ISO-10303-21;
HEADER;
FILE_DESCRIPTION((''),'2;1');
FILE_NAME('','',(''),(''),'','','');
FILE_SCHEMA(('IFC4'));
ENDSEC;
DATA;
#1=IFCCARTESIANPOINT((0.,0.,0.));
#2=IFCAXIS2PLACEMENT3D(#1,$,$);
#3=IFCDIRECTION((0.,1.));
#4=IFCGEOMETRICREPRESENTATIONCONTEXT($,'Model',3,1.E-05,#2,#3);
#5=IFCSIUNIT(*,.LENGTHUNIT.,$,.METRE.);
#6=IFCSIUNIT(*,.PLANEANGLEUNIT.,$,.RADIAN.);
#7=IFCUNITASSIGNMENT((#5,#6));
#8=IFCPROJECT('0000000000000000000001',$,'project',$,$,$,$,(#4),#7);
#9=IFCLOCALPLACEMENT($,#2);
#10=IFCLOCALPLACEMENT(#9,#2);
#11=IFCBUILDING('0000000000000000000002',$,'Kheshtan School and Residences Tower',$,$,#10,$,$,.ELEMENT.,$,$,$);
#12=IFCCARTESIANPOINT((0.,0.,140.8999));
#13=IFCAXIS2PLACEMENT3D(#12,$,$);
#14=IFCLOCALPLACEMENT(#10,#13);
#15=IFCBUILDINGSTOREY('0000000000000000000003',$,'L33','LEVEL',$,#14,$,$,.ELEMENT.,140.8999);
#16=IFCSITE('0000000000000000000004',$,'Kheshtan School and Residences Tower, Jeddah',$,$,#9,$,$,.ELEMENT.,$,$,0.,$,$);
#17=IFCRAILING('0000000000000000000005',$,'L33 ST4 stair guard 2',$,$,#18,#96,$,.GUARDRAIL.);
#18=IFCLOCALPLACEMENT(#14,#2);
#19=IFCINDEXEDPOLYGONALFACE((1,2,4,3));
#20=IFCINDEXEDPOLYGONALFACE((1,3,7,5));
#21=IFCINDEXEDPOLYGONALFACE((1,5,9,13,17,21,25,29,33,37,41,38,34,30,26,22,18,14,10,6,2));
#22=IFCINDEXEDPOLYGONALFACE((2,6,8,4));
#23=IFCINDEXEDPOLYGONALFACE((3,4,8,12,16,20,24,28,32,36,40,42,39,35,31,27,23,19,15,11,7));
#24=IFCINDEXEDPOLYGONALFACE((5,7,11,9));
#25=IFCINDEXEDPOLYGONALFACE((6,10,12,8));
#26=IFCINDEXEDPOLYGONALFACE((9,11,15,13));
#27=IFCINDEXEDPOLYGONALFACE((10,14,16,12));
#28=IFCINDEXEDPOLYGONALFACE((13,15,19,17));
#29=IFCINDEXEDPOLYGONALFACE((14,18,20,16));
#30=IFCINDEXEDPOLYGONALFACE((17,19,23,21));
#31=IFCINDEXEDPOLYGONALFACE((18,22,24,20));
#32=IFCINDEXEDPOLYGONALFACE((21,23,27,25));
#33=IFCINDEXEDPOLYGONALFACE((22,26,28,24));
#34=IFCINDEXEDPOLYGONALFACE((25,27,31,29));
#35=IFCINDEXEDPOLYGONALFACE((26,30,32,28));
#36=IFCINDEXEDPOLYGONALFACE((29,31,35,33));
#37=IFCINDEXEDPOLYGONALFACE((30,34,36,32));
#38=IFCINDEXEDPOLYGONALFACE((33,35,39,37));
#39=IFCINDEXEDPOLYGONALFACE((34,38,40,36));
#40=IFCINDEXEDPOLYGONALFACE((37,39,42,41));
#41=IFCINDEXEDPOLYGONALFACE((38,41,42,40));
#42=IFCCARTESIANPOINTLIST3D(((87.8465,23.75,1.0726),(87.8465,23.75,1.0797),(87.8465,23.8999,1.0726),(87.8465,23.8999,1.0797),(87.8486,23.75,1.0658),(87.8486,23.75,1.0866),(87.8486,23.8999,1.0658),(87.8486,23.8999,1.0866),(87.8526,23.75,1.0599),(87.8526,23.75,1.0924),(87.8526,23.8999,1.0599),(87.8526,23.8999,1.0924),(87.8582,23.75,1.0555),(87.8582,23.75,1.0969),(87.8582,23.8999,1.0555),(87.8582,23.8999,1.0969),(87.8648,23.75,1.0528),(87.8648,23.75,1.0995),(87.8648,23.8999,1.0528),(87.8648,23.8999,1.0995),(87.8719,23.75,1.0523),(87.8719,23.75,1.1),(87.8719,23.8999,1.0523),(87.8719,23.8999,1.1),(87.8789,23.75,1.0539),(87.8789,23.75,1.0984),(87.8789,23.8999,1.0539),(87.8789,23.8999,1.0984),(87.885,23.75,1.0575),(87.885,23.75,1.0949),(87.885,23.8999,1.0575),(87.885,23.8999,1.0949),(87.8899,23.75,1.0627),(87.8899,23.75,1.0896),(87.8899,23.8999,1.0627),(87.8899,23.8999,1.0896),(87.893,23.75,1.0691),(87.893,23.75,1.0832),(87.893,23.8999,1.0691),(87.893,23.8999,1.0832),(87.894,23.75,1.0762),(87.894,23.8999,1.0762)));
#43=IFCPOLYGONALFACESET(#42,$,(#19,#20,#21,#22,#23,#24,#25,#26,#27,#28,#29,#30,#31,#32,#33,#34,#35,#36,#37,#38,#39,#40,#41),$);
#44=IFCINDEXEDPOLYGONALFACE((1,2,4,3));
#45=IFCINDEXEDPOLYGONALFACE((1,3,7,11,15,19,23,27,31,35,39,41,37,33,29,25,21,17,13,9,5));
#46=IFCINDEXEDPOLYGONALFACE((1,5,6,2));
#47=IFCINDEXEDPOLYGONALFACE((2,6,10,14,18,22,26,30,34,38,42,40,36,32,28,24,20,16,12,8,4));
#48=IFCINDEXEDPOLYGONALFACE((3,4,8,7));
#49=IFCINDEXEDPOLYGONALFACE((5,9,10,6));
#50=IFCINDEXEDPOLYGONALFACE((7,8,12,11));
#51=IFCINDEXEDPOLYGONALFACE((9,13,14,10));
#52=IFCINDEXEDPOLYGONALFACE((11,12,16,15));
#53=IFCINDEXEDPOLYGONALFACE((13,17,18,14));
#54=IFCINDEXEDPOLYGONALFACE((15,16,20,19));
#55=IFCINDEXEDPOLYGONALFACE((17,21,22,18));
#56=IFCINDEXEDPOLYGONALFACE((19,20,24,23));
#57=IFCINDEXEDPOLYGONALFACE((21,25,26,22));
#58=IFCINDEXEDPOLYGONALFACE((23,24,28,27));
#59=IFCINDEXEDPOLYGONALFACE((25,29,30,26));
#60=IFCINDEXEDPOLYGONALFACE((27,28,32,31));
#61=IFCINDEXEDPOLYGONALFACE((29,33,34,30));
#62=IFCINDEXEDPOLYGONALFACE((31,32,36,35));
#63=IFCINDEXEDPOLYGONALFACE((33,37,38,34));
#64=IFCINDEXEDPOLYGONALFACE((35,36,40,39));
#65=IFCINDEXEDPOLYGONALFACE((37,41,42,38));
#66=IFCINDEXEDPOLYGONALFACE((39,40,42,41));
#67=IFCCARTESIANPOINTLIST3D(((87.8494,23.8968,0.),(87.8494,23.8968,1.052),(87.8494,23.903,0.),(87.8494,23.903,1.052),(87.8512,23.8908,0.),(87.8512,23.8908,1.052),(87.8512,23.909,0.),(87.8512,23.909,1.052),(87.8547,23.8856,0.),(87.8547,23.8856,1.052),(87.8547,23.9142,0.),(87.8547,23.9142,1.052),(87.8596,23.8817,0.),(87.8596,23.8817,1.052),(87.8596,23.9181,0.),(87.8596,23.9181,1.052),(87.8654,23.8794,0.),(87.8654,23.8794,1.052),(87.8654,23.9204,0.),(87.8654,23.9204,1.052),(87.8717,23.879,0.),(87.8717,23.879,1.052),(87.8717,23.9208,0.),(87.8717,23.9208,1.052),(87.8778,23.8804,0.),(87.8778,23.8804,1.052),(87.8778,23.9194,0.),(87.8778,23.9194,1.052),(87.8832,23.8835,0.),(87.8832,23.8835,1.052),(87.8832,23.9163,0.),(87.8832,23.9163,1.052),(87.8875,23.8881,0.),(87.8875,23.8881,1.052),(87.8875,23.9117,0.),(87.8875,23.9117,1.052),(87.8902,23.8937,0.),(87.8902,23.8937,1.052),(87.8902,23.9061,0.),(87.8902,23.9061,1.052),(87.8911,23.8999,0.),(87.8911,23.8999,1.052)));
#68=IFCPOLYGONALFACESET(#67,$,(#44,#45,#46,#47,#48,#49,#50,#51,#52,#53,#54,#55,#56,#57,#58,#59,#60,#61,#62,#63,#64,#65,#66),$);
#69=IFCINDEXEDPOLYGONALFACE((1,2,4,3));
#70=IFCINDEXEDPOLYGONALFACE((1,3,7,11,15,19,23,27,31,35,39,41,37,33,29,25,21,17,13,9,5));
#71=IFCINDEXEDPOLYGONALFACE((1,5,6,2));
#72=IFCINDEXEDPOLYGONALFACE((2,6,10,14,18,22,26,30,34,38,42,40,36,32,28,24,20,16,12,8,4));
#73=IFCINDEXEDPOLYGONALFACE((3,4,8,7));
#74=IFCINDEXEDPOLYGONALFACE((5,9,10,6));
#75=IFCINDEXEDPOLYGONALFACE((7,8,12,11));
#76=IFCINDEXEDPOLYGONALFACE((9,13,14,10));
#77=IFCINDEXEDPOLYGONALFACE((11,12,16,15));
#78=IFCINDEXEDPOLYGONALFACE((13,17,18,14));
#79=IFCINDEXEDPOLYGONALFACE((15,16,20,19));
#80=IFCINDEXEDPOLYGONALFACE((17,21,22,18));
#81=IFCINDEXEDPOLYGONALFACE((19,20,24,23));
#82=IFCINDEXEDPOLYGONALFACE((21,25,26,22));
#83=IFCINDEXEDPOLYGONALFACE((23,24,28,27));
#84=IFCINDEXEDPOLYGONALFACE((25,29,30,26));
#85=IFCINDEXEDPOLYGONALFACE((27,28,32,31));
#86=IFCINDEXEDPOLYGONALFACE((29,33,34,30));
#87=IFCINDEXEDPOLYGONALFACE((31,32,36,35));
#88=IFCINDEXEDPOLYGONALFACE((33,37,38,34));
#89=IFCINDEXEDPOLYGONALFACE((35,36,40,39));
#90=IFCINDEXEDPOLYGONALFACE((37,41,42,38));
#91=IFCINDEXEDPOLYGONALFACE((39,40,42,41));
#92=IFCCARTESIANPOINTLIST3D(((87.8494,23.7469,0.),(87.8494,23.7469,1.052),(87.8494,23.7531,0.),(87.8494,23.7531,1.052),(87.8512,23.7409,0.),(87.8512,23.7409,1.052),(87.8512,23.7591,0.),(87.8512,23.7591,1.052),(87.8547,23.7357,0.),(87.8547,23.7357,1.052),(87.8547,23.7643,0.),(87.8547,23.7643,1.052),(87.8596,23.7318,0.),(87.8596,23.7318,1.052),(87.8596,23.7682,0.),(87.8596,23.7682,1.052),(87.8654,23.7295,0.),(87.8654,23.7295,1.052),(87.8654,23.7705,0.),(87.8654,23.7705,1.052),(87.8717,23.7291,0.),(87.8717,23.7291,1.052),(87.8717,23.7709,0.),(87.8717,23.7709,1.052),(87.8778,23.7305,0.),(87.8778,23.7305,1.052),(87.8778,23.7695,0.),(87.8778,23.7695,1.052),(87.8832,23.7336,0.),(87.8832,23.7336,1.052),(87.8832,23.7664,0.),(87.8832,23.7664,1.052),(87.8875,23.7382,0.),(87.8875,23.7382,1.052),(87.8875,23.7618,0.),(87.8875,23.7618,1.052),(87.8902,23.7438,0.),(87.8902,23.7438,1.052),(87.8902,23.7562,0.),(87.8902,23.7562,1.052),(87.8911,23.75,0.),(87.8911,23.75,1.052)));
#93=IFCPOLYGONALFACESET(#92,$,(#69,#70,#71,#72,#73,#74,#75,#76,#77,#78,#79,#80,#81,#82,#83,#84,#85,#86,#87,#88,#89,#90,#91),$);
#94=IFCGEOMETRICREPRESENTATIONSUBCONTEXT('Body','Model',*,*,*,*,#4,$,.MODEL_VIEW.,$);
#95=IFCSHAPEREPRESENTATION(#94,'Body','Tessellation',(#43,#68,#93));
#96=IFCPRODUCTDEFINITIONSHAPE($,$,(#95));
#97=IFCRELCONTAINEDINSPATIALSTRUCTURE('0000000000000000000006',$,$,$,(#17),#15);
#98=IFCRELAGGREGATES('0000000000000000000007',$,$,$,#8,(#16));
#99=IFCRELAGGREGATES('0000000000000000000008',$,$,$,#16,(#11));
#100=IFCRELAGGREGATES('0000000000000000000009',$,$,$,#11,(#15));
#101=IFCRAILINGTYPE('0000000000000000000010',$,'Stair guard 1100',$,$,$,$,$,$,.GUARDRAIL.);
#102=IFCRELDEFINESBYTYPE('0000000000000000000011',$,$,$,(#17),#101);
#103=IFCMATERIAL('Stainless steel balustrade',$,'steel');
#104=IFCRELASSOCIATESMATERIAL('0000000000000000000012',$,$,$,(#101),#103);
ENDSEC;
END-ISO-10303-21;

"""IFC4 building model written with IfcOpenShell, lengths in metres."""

from ifc_helpers import new_model, si_unit, direction, frame, origin, origin_2d, place, context, subcontext, project, spatial, circle, extrude, material, type_object, element, save


model = new_model("IFC4")

# Units and contexts
model_context = context("Model", 3, precision=1e-05, world=origin(), true_north=direction((0.0, 1.0)))
body_context = subcontext(model_context, "Body", "Model", "MODEL_VIEW")
ifc_project = project(units=[si_unit("LENGTHUNIT", "METRE"), si_unit("PLANEANGLEUNIT", "RADIAN")], contexts=[model_context])

# Site, building, storey
site_placement = place(None, origin())
site = spatial("IfcSite", under=ifc_project, at=site_placement, Name="Kheshtan School and Residences Tower, Jeddah", CompositionType="ELEMENT", RefElevation=0.0)
building_placement = place(site_placement, origin())
building = spatial("IfcBuilding", under=site, at=building_placement, Name="Kheshtan School and Residences Tower", CompositionType="ELEMENT")
storey_placement = place(building_placement, frame((0.0, 0.0, 140.8999)))
storey = spatial("IfcBuildingStorey", under=building, at=storey_placement, Name="L33", Description="LEVEL", CompositionType="ELEMENT", Elevation=140.8999)

# Railing
ifc_material_1 = material(Name="Stainless steel balustrade", Category="steel")
railing_type_1 = type_object("IfcRailingType", Name="Stair guard 1100", PredefinedType="GUARDRAIL", material=ifc_material_1)
railing_1_placement = place(storey_placement, frame((87.8701, 23.8999, 0.0)))
element("IfcRailing", 1, at=railing_1_placement, inside=storey, type_object=railing_type_1, Name="L33 ST4 stair guard 2", PredefinedType="GUARDRAIL", context=body_context, shape_type="SweptSolid", body=[
    extrude(circle(Radius=0.0239, at=origin_2d()), frame((0.0, 0.0, 1.0762), z_axis=(0.0, -1.0, 0.0), x_axis=(1.0, 0.0, 0.0)), (0.0, 0.0, 1.0), 0.1499),
    extrude(circle(Radius=0.021, at=origin_2d()), origin(), (0.0, 0.0, 1.0), 1.052),
    extrude(circle(Radius=0.021, at=origin_2d()), frame((0.0, -0.1499, 0.0)), (0.0, 0.0, 1.0), 1.052),
])

save(model, "model.ifc")
